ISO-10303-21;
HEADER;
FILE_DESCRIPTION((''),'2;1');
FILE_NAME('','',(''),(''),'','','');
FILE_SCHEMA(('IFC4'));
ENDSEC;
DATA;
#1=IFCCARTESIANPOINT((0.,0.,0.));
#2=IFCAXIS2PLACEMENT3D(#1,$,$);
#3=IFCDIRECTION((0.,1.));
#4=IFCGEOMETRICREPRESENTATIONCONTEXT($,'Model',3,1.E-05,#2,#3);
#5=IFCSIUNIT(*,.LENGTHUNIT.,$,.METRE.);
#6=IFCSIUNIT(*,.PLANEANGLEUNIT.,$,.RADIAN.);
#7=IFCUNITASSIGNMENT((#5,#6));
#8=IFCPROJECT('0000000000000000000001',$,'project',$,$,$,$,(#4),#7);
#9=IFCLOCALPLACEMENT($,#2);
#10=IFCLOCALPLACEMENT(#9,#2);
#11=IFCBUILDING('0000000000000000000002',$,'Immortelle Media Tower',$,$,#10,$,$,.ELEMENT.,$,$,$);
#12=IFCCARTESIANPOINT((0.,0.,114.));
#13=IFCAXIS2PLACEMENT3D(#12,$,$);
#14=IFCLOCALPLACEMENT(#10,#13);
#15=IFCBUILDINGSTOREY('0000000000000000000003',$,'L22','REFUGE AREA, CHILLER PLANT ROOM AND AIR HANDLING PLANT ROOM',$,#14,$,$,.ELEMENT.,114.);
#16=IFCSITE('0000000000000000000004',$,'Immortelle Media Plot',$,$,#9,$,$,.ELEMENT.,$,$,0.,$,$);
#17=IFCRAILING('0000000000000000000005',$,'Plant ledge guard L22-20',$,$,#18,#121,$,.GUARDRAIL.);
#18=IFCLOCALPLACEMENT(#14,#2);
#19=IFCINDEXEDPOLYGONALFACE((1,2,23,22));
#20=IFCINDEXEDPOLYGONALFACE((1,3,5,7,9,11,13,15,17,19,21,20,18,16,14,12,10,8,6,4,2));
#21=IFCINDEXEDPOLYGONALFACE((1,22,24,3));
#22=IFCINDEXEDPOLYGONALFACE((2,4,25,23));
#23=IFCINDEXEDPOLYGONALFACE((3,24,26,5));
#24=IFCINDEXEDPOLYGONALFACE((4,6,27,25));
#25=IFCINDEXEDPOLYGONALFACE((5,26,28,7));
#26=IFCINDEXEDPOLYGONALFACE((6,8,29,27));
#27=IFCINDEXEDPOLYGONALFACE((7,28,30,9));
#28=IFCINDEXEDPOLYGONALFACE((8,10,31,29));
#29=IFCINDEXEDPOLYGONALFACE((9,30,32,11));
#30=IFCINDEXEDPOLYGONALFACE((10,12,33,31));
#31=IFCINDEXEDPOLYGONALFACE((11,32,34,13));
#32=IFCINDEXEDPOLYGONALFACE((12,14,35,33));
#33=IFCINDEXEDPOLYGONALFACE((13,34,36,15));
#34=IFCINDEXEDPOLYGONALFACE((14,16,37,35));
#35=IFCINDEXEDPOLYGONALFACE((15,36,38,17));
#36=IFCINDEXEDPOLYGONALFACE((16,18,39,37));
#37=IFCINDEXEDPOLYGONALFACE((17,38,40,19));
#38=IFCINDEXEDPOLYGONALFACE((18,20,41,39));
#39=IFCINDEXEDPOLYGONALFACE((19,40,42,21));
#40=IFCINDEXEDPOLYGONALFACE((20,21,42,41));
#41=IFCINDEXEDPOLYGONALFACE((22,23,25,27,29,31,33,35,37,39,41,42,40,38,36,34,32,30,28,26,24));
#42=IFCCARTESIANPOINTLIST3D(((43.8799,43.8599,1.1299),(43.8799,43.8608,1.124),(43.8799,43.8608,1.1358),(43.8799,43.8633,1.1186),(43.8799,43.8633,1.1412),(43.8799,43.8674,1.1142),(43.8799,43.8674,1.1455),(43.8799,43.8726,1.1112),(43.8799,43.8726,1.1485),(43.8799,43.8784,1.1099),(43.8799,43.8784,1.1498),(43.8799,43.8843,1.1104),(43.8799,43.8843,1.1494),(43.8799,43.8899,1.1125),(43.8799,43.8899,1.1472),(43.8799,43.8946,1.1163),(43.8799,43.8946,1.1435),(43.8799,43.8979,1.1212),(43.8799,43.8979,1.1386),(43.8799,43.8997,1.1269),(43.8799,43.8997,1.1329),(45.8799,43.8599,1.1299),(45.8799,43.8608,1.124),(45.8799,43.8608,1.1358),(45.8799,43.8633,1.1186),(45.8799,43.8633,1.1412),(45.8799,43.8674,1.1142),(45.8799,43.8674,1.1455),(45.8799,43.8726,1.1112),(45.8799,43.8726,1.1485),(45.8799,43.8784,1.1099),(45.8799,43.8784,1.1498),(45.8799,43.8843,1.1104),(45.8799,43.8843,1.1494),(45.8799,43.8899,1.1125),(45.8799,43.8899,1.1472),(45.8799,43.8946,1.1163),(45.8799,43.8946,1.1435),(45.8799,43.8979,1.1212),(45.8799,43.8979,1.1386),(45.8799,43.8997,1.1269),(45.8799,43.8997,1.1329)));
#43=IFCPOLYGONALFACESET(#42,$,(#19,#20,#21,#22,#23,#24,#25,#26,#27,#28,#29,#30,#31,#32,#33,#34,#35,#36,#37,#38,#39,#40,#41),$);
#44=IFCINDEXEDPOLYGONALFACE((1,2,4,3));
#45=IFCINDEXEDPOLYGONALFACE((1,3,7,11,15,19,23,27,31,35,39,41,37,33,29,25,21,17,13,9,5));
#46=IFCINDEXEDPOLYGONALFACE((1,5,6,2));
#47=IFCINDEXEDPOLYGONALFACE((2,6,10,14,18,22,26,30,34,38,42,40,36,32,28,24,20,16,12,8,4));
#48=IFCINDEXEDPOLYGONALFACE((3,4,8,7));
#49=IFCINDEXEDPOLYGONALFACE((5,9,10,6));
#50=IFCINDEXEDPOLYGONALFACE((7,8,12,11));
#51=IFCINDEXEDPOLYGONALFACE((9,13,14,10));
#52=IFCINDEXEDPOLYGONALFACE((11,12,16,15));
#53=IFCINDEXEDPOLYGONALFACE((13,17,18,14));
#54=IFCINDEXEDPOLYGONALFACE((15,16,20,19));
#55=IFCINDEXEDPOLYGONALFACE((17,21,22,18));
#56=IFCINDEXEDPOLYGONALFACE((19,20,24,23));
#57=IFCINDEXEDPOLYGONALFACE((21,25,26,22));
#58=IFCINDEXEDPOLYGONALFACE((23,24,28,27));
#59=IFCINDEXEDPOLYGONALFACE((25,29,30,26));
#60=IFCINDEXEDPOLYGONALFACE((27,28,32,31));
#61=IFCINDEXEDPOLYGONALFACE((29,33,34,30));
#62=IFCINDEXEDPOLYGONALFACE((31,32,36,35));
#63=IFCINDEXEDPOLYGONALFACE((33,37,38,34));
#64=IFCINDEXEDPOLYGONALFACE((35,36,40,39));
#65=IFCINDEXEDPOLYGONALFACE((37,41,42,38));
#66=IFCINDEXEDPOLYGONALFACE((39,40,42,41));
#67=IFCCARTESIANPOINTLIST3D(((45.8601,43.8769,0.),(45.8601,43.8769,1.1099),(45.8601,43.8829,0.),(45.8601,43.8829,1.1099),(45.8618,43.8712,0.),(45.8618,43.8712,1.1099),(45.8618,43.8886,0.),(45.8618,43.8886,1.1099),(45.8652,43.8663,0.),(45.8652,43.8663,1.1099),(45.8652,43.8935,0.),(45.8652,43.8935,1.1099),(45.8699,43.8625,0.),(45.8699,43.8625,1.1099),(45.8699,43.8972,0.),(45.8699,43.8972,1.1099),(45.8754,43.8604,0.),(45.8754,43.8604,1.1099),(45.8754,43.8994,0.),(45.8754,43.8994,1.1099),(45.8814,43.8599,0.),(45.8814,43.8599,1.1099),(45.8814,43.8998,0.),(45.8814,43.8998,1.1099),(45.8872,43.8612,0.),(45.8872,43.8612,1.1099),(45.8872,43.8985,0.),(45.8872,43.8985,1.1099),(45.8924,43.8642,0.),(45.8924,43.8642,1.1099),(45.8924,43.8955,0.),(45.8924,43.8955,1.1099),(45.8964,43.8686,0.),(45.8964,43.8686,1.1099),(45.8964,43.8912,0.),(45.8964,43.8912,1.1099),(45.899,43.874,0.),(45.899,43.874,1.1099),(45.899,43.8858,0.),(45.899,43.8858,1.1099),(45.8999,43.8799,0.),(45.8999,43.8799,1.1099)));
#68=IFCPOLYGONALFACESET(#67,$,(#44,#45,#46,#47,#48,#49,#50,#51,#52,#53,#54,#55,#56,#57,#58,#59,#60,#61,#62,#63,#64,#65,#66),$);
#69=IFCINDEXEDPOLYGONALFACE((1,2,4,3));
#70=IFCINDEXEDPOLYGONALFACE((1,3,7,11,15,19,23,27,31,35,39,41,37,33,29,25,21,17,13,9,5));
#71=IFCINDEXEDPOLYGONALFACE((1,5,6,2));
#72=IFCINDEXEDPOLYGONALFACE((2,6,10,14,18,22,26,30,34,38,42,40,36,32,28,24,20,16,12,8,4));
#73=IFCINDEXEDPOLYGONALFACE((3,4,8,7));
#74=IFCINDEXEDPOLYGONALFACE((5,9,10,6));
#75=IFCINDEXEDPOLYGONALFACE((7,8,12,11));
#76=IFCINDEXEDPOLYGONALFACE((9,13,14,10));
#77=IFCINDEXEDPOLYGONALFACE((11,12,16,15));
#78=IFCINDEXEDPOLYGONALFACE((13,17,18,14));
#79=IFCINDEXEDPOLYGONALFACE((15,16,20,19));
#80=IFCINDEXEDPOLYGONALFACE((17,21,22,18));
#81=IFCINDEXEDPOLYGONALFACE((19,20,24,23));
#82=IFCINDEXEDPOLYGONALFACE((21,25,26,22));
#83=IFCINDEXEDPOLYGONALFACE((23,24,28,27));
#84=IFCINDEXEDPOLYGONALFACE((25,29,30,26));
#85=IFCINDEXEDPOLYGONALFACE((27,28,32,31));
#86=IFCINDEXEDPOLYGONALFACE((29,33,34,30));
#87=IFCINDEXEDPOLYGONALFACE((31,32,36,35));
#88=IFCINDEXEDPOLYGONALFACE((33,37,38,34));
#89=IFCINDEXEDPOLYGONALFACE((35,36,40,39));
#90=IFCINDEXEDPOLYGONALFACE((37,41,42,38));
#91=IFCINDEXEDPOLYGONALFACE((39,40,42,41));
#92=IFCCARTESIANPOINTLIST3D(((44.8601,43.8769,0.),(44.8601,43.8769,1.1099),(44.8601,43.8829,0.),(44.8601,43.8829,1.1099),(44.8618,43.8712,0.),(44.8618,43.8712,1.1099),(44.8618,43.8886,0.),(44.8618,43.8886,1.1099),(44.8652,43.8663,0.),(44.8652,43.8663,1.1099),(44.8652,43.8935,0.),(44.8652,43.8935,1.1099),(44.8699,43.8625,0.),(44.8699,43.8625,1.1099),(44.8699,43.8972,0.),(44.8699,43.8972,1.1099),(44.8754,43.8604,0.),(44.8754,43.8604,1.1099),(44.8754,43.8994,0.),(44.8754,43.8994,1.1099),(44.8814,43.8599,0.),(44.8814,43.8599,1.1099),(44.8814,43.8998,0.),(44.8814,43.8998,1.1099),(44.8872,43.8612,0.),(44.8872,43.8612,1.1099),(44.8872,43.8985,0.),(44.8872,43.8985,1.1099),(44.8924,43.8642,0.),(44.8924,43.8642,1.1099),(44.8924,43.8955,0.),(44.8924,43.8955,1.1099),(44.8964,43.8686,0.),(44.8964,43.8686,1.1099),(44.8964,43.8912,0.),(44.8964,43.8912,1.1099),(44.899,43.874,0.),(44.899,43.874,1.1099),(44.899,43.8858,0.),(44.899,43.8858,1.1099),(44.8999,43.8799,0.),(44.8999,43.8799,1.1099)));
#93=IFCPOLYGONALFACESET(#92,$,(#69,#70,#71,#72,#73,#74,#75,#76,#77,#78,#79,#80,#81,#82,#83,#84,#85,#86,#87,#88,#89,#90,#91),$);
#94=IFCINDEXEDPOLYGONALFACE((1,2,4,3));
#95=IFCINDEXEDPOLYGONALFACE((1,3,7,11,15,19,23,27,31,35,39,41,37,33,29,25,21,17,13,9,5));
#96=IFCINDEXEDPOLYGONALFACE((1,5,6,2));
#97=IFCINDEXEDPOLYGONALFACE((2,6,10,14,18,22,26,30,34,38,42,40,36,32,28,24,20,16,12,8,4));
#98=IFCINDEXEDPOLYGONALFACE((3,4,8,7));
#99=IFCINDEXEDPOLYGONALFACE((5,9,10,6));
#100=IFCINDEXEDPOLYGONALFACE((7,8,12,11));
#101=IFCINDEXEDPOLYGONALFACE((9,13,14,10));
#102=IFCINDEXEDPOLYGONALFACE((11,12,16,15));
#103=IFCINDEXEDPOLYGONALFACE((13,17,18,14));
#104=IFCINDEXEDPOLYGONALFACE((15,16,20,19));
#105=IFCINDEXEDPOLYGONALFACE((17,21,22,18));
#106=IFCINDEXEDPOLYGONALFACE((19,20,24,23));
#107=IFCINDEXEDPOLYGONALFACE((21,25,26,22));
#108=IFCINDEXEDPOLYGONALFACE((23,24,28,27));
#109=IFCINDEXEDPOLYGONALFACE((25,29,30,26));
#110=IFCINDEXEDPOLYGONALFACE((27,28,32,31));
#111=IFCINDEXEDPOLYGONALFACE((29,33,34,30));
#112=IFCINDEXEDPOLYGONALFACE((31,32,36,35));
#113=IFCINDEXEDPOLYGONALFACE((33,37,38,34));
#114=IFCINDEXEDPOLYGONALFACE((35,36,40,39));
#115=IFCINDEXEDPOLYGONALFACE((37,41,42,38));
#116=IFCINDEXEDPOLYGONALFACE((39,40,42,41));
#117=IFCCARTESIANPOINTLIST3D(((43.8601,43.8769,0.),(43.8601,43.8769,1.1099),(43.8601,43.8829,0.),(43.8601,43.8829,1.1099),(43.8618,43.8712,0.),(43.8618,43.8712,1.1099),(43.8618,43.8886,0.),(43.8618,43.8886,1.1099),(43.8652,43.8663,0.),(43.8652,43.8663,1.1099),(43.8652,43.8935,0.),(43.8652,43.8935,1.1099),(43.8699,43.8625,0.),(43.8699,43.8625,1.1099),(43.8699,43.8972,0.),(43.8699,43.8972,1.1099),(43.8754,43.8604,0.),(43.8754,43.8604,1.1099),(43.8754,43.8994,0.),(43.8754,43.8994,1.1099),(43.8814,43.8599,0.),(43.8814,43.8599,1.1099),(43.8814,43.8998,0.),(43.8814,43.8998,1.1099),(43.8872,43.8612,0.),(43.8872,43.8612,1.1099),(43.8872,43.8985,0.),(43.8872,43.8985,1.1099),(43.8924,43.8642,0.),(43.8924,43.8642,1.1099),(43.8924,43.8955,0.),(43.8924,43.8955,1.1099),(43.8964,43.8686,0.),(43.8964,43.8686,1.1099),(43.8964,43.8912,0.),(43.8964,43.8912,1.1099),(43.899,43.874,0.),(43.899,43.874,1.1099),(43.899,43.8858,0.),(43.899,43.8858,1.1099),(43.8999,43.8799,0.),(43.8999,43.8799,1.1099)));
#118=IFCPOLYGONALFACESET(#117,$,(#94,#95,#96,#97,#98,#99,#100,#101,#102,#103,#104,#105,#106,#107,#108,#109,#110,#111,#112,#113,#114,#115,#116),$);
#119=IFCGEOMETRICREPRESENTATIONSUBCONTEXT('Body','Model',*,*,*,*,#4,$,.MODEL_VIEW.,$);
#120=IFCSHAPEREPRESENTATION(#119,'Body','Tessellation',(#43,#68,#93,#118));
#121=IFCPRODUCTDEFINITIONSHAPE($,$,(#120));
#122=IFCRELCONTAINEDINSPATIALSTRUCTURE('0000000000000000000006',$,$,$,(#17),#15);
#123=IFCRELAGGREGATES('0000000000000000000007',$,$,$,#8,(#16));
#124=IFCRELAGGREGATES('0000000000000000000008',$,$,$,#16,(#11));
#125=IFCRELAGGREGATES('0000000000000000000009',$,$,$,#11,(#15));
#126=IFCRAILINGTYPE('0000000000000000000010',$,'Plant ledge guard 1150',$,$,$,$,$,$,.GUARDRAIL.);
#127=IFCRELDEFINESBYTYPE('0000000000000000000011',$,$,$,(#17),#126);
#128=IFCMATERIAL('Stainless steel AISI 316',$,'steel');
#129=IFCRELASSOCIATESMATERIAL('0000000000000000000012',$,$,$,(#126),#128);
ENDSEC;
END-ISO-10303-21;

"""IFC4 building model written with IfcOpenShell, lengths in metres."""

from ifc_helpers import new_model, si_unit, direction, frame, origin, origin_2d, place, context, subcontext, project, spatial, circle, extrude, material, type_object, element, save


model = new_model("IFC4")

# Units and contexts
model_context = context("Model", 3, precision=1e-05, world=origin(), true_north=direction((0.0, 1.0)))
body_context = subcontext(model_context, "Body", "Model", "MODEL_VIEW")
ifc_project = project(units=[si_unit("LENGTHUNIT", "METRE"), si_unit("PLANEANGLEUNIT", "RADIAN")], contexts=[model_context])

# Site, building, storey
site_placement = place(None, origin())
site = spatial("IfcSite", under=ifc_project, at=site_placement, Name="Immortelle Media Plot", CompositionType="ELEMENT", RefElevation=0.0)
building_placement = place(site_placement, origin())
building = spatial("IfcBuilding", under=site, at=building_placement, Name="Immortelle Media Tower", CompositionType="ELEMENT")
storey_placement = place(building_placement, frame((0.0, 0.0, 114.0)))
storey = spatial("IfcBuildingStorey", under=building, at=storey_placement, Name="L22", Description="REFUGE AREA, CHILLER PLANT ROOM AND AIR HANDLING PLANT ROOM", CompositionType="ELEMENT", Elevation=114.0)

# Railing
ifc_material_1 = material(Name="Stainless steel AISI 316", Category="steel")
railing_type = type_object("IfcRailingType", Name="Plant ledge guard 1150", PredefinedType="GUARDRAIL", material=ifc_material_1)
railing_1_placement = place(storey_placement, frame((45.8799, 43.8799, 0.0)))
element("IfcRailing", 1, at=railing_1_placement, inside=storey, type_object=railing_type, Name="Plant ledge guard L22-20", PredefinedType="GUARDRAIL", context=body_context, shape_type="SweptSolid", body=[
    extrude(circle(Radius=0.02, at=origin_2d()), frame((0.0, 0.0, 1.1299), z_axis=(-1.0, 0.0, 0.0), x_axis=(0.0, -1.0, 0.0)), (0.0, 0.0, 1.0), 2.0),
    extrude(circle(Radius=0.02, at=origin_2d()), origin(), (0.0, 0.0, 1.0), 1.1099),
    extrude(circle(Radius=0.02, at=origin_2d()), frame((-1.0, 0.0, 0.0)), (0.0, 0.0, 1.0), 1.1099),
    extrude(circle(Radius=0.02, at=origin_2d()), frame((-2.0, 0.0, 0.0)), (0.0, 0.0, 1.0), 1.1099),
])

save(model, "model.ifc")
